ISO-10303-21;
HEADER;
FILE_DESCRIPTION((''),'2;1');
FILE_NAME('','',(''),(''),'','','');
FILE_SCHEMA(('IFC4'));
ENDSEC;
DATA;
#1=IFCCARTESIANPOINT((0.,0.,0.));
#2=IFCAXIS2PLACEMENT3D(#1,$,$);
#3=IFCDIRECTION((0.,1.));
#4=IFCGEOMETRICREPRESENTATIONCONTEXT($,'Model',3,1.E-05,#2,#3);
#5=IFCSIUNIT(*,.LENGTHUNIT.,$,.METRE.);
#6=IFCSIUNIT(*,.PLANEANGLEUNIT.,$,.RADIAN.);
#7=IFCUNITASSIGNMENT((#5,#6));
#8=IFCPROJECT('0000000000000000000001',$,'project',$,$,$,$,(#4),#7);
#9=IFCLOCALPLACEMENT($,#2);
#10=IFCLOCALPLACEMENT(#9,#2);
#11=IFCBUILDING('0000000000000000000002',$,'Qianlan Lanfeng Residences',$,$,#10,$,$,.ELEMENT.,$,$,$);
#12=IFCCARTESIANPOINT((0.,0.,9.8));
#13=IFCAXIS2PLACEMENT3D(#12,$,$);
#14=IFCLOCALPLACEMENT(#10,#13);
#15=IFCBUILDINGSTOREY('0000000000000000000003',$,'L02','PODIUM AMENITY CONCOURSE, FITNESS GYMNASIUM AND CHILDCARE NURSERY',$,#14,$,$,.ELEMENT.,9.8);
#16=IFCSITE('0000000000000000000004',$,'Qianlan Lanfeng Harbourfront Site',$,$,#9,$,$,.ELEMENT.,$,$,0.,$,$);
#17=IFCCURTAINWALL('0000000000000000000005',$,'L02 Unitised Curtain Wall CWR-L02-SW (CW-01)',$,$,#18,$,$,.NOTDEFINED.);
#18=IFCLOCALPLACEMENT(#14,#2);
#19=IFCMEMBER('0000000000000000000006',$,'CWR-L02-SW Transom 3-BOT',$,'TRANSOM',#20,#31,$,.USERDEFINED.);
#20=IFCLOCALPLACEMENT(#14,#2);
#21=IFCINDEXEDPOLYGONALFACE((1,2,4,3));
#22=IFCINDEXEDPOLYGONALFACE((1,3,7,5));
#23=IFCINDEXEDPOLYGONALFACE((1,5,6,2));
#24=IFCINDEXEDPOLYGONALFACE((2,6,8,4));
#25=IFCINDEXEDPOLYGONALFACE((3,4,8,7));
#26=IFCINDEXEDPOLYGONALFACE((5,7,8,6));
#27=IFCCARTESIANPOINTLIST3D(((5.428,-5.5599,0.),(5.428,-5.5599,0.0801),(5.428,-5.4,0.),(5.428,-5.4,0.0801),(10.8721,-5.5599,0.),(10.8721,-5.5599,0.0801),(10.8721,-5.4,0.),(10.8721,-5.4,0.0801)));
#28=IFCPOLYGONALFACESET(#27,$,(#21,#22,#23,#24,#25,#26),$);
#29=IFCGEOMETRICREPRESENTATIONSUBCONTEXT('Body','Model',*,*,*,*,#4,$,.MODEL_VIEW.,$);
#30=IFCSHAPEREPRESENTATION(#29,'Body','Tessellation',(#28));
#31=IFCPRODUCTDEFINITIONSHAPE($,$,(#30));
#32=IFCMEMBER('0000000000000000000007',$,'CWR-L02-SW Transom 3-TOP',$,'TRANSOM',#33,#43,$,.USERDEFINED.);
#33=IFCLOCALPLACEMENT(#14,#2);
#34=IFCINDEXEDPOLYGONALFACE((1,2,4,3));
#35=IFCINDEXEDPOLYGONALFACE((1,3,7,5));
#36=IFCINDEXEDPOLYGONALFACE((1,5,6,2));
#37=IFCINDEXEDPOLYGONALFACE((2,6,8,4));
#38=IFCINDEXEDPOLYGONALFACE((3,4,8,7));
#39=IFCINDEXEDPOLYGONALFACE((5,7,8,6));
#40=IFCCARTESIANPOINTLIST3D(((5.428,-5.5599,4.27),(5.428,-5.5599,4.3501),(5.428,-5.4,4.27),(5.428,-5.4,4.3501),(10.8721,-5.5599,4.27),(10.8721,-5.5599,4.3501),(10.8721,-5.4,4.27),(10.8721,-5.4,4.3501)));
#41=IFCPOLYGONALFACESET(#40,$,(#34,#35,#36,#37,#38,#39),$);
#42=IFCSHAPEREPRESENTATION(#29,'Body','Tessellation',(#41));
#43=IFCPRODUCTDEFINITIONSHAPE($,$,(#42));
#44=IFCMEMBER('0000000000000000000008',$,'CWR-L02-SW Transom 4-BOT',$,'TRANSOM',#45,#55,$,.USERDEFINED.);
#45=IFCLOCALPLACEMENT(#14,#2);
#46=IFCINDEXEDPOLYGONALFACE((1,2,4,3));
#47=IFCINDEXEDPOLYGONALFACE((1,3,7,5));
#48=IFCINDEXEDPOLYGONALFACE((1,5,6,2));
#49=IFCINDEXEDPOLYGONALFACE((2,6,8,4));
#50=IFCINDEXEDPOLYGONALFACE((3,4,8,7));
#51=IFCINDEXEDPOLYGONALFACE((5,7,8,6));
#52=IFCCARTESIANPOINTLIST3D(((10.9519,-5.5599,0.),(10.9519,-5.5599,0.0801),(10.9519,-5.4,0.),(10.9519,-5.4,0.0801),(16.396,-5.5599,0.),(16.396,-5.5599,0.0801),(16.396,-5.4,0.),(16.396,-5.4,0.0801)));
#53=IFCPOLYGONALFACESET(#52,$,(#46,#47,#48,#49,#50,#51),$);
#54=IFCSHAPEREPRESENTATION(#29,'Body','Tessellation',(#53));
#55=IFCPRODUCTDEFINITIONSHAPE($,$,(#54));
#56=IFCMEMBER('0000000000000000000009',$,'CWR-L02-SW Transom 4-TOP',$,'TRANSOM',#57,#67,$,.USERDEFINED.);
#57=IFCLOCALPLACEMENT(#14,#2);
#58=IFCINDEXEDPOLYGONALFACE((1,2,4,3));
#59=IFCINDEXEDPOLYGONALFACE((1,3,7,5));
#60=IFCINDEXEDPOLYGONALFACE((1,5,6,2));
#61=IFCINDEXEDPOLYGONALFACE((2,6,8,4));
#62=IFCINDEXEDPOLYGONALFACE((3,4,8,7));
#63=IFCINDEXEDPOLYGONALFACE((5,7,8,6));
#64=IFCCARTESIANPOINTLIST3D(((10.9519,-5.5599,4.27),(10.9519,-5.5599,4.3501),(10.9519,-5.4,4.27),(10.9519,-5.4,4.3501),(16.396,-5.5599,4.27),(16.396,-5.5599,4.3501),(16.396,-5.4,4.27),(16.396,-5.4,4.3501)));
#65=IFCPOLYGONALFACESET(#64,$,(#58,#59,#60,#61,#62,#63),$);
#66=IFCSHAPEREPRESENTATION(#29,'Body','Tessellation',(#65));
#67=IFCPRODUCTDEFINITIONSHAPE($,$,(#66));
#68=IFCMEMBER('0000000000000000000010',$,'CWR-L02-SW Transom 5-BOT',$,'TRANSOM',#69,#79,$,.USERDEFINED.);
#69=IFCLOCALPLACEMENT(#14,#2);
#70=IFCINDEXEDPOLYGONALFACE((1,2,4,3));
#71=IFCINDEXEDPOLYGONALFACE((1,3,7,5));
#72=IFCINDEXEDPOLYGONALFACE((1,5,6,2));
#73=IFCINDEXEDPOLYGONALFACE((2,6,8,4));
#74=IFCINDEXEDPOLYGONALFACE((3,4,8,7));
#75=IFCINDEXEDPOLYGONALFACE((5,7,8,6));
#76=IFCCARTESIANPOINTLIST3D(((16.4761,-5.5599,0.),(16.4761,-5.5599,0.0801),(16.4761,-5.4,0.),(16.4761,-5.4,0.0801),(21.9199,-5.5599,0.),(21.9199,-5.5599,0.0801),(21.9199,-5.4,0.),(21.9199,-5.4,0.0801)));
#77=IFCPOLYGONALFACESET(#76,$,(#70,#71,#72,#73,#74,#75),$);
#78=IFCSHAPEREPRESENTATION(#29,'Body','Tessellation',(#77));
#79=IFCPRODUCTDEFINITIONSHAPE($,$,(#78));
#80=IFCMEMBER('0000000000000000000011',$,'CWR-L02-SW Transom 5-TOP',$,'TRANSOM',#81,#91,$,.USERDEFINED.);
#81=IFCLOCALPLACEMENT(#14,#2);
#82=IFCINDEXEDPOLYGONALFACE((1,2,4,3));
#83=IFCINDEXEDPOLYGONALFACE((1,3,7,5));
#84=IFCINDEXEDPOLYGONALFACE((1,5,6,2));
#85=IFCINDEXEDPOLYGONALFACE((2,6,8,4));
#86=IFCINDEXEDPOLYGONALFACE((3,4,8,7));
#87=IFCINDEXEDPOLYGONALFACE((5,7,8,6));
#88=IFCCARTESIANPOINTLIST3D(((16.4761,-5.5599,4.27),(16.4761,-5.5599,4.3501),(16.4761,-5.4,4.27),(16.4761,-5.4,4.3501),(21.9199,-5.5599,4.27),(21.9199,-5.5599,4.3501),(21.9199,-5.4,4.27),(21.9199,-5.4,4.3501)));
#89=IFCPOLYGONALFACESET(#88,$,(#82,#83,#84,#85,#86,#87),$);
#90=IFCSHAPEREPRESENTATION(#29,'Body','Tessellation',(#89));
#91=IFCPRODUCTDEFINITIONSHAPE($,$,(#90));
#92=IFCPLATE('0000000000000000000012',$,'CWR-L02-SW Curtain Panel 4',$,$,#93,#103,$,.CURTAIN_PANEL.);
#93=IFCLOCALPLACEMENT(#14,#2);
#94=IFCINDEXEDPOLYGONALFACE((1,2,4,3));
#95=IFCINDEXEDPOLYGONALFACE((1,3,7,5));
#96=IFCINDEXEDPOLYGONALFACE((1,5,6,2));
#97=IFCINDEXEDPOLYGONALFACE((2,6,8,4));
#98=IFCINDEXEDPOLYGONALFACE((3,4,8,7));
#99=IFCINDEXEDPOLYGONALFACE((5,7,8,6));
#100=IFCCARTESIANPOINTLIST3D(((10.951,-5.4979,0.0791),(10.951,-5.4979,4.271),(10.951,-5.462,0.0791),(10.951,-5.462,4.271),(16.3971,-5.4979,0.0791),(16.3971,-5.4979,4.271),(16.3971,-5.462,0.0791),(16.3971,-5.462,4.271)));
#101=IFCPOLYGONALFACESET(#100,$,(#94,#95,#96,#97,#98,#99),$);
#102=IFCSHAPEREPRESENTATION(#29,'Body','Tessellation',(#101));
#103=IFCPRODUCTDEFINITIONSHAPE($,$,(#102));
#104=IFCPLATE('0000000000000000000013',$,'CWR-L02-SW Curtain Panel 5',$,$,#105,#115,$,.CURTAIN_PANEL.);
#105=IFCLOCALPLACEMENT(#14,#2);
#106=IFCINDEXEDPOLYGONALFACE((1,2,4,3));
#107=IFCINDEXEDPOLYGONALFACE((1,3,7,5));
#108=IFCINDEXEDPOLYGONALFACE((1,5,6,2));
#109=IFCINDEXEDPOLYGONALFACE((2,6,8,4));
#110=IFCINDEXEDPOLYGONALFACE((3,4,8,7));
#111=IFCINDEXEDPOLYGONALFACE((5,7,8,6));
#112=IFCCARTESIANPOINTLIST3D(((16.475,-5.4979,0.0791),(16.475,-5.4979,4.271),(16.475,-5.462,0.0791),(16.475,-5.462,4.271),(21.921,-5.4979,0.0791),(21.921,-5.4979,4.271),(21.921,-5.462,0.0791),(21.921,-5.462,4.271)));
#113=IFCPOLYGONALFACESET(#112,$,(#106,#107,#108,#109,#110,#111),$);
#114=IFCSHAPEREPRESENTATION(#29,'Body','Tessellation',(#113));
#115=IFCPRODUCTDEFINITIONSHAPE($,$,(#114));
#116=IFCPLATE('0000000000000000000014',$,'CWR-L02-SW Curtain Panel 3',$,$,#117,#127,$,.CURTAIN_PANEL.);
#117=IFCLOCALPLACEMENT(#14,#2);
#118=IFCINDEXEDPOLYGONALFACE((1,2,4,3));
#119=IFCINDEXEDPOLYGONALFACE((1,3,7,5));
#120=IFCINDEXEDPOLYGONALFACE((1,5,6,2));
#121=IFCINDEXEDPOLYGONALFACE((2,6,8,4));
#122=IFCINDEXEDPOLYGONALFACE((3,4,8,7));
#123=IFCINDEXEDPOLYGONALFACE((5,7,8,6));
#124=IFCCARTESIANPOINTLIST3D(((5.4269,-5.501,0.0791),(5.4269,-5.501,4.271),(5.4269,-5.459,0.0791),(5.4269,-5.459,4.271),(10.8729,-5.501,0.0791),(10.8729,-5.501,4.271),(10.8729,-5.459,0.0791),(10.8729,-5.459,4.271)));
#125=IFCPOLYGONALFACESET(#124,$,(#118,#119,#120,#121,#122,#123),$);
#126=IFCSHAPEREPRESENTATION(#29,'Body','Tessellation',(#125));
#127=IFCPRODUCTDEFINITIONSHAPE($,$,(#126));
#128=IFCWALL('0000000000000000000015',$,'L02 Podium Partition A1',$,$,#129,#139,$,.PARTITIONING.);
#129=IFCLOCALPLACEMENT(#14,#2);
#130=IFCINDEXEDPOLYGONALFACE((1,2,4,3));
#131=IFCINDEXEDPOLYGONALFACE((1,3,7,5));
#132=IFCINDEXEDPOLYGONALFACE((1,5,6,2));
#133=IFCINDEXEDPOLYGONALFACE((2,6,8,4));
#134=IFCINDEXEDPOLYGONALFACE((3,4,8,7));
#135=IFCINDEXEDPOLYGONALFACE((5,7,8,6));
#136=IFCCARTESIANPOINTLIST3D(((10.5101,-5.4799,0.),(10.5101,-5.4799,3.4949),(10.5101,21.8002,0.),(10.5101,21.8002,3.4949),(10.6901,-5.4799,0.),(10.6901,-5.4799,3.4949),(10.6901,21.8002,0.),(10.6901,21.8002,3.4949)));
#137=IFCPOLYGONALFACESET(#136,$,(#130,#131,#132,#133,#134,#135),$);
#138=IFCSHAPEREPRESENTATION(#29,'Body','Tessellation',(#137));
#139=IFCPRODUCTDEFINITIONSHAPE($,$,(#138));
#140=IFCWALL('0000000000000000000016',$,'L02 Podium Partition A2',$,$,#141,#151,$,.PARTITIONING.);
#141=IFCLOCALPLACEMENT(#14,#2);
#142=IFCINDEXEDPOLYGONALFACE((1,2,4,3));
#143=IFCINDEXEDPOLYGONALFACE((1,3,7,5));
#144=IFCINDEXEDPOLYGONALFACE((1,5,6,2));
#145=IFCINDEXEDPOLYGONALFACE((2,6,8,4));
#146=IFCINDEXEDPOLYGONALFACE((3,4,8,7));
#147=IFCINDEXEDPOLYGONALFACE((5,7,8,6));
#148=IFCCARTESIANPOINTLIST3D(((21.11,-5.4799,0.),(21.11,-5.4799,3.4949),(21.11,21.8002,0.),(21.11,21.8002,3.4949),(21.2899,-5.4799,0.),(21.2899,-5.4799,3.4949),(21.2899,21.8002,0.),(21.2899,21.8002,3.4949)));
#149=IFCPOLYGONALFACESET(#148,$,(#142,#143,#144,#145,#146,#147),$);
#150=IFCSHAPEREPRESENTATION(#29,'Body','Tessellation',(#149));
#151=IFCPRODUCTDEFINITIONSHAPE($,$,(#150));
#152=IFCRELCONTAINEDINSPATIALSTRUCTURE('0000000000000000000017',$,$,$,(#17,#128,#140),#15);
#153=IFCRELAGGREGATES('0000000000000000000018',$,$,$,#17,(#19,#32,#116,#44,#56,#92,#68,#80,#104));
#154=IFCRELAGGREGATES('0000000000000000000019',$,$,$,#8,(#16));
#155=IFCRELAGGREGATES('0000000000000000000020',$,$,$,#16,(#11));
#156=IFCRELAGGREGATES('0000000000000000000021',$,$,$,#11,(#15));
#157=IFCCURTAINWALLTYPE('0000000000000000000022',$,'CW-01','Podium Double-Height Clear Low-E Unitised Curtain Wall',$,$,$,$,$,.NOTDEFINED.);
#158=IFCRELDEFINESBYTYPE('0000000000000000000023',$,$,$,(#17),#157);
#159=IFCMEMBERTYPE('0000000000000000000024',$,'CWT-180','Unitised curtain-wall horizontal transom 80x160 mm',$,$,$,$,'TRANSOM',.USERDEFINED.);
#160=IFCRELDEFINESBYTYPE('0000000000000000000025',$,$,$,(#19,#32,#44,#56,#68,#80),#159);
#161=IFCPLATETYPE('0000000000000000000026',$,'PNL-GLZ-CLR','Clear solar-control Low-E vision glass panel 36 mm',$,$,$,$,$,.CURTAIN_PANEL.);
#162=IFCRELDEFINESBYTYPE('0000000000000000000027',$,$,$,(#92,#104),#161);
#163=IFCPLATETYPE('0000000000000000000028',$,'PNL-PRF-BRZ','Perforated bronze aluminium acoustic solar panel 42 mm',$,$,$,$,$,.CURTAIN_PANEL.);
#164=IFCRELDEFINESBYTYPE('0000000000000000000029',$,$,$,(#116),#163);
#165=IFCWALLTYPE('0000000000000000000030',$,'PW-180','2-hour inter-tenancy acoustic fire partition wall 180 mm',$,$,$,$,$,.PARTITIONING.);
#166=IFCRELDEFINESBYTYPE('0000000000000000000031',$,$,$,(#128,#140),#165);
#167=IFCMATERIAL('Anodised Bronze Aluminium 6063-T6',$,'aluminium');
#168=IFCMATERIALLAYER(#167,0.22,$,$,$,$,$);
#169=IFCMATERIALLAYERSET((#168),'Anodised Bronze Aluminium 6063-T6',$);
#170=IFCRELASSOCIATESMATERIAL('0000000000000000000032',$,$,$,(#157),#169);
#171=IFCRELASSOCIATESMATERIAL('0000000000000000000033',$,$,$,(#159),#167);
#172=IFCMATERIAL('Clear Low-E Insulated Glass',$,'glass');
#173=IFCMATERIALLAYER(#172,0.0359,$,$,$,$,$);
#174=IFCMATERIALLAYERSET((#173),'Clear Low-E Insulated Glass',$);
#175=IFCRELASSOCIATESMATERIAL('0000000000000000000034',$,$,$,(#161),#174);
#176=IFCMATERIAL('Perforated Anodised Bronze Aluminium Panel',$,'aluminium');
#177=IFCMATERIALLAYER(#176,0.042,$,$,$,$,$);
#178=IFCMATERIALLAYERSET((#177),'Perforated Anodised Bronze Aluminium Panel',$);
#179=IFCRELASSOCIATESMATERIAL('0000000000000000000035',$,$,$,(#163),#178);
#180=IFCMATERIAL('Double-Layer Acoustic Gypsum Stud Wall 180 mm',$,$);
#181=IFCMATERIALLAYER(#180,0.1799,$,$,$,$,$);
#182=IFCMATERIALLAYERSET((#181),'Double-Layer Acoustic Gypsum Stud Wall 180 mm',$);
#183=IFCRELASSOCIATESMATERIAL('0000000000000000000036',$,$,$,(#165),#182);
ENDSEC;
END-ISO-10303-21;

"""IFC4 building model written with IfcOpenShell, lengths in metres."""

from ifc_helpers import new_model, si_unit, direction, frame, frame_2d, origin, origin_2d, place, context, subcontext, project, spatial, rectangle, extrude, source, transform, mapped, material, layer, layer_set, material_profile, profile_set, type_object, element, aggregate, save


model = new_model("IFC4")

# Units and contexts
model_context = context("Model", 3, precision=1e-05, world=origin(), true_north=direction((0.0, 1.0)))
body_context = subcontext(model_context, "Body", "Model", "MODEL_VIEW")
ifc_project = project(units=[si_unit("LENGTHUNIT", "METRE"), si_unit("PLANEANGLEUNIT", "RADIAN")], contexts=[model_context])

# Site, building, storey
site_placement = place(None, origin())
site = spatial("IfcSite", under=ifc_project, at=site_placement, Name="Qianlan Lanfeng Harbourfront Site", CompositionType="ELEMENT", RefElevation=0.0)
building_placement = place(site_placement, origin())
building = spatial("IfcBuilding", under=site, at=building_placement, Name="Qianlan Lanfeng Residences", CompositionType="ELEMENT")
storey_placement = place(building_placement, frame((0.0, 0.0, 9.8)))
storey = spatial("IfcBuildingStorey", under=building, at=storey_placement, Name="L02", Description="PODIUM AMENITY CONCOURSE, FITNESS GYMNASIUM AND CHILDCARE NURSERY", CompositionType="ELEMENT", Elevation=9.8)

# Curtain wall, members, plates
ifc_material_1 = material(Name="Anodised Bronze Aluminium 6063-T6", Category="aluminium")
ifc_layer_1 = layer(ifc_material_1, 0.22)
ifc_layer_set_1 = layer_set([ifc_layer_1], Name="Anodised Bronze Aluminium 6063-T6")
curtain_wall_type = type_object("IfcCurtainWallType", Name="CW-01", Description="Podium Double-Height Clear Low-E Unitised Curtain Wall", PredefinedType="NOTDEFINED", material=ifc_layer_set_1)
curtain_wall_placement = place(storey_placement, origin())
curtain_wall = element("IfcCurtainWall", 1, at=curtain_wall_placement, inside=storey, type_object=curtain_wall_type, Name="L02 Unitised Curtain Wall CWR-L02-SW (CW-01)", PredefinedType="NOTDEFINED")
ifc_material_profile_1 = material_profile(ifc_material_1, rectangle(XDim=0.0801, YDim=0.1599, at=origin_2d()), Name="ALU TRANSOM 80x160")
ifc_profile_set_1 = profile_set([ifc_material_profile_1], Name="Anodised Bronze Aluminium 6063-T6")
member_type_1 = type_object("IfcMemberType", Name="CWT-180", Description="Unitised curtain-wall horizontal transom 80x160 mm", ElementType="TRANSOM", PredefinedType="USERDEFINED", material=ifc_profile_set_1)
shared_shape_1 = source(origin(), body_context, "Body", "SweptSolid", [
    extrude(rectangle(XDim=0.0801, YDim=0.1599, at=origin_2d()), origin(), (0.0, 0.0, 1.0), 5.4441),
])
member_1_placement = place(storey_placement, frame((5.428, -5.48, 0.04), z_axis=(1.0, 0.0, 0.0), x_axis=(0.0, 0.0, 1.0)))
member_1 = element("IfcMember", 2, at=member_1_placement, type_object=member_type_1, Name="CWR-L02-SW Transom 3-BOT", ObjectType="TRANSOM", PredefinedType="USERDEFINED", context=body_context, shape_type="MappedRepresentation", body=[
    mapped(shared_shape_1, transform((0.0, 0.0, 0.0), scale=1.0)),
])
member_2_placement = place(storey_placement, frame((5.428, -5.48, 4.3101), z_axis=(1.0, 0.0, 0.0), x_axis=(0.0, 0.0, 1.0)))
member_2 = element("IfcMember", 3, at=member_2_placement, type_object=member_type_1, Name="CWR-L02-SW Transom 3-TOP", ObjectType="TRANSOM", PredefinedType="USERDEFINED", context=body_context, shape_type="MappedRepresentation", body=[
    mapped(shared_shape_1, transform((0.0, 0.0, 0.0), scale=1.0)),
])
member_3_placement = place(storey_placement, frame((10.9519, -5.48, 0.04), z_axis=(1.0, 0.0, 0.0), x_axis=(0.0, 0.0, 1.0)))
member_3 = element("IfcMember", 4, at=member_3_placement, type_object=member_type_1, Name="CWR-L02-SW Transom 4-BOT", ObjectType="TRANSOM", PredefinedType="USERDEFINED", context=body_context, shape_type="MappedRepresentation", body=[
    mapped(shared_shape_1, transform((0.0, 0.0, 0.0), scale=1.0)),
])
member_4_placement = place(storey_placement, frame((10.9519, -5.48, 4.3101), z_axis=(1.0, 0.0, 0.0), x_axis=(0.0, 0.0, 1.0)))
member_4 = element("IfcMember", 5, at=member_4_placement, type_object=member_type_1, Name="CWR-L02-SW Transom 4-TOP", ObjectType="TRANSOM", PredefinedType="USERDEFINED", context=body_context, shape_type="MappedRepresentation", body=[
    mapped(shared_shape_1, transform((0.0, 0.0, 0.0), scale=1.0)),
])
shared_shape_2 = source(origin(), body_context, "Body", "SweptSolid", [
    extrude(rectangle(XDim=0.0801, YDim=0.1599, at=origin_2d()), origin(), (0.0, 0.0, 1.0), 5.4438),
])
member_5_placement = place(storey_placement, frame((16.4761, -5.48, 0.04), z_axis=(1.0, 0.0, 0.0), x_axis=(0.0, 0.0, 1.0)))
member_5 = element("IfcMember", 6, at=member_5_placement, type_object=member_type_1, Name="CWR-L02-SW Transom 5-BOT", ObjectType="TRANSOM", PredefinedType="USERDEFINED", context=body_context, shape_type="MappedRepresentation", body=[
    mapped(shared_shape_2, transform((0.0, 0.0, 0.0), scale=1.0)),
])
member_6_placement = place(storey_placement, frame((16.4761, -5.48, 4.3101), z_axis=(1.0, 0.0, 0.0), x_axis=(0.0, 0.0, 1.0)))
member_6 = element("IfcMember", 7, at=member_6_placement, type_object=member_type_1, Name="CWR-L02-SW Transom 5-TOP", ObjectType="TRANSOM", PredefinedType="USERDEFINED", context=body_context, shape_type="MappedRepresentation", body=[
    mapped(shared_shape_2, transform((0.0, 0.0, 0.0), scale=1.0)),
])
ifc_material_2 = material(Name="Clear Low-E Insulated Glass", Category="glass")
ifc_layer_2 = layer(ifc_material_2, 0.0359)
ifc_layer_set_2 = layer_set([ifc_layer_2], Name="Clear Low-E Insulated Glass")
plate_type_1 = type_object("IfcPlateType", Name="PNL-GLZ-CLR", Description="Clear solar-control Low-E vision glass panel 36 mm", PredefinedType="CURTAIN_PANEL", material=ifc_layer_set_2)
shared_shape_3 = source(origin(), body_context, "Body", "SweptSolid", [
    extrude(rectangle(XDim=5.446, YDim=0.0359, at=origin_2d()), origin(), (0.0, 0.0, 1.0), 4.1919),
])
plate_1_placement = place(storey_placement, frame((13.6741, -5.48, 0.0791), z_axis=(0.0, 0.0, 1.0), x_axis=(1.0, 0.0, 0.0)))
plate_1 = element("IfcPlate", 8, at=plate_1_placement, type_object=plate_type_1, Name="CWR-L02-SW Curtain Panel 4", PredefinedType="CURTAIN_PANEL", context=body_context, shape_type="MappedRepresentation", body=[
    mapped(shared_shape_3, transform((0.0, 0.0, 0.0), scale=1.0)),
])
plate_2_placement = place(storey_placement, frame((19.198, -5.48, 0.0791), z_axis=(0.0, 0.0, 1.0), x_axis=(1.0, 0.0, 0.0)))
plate_2 = element("IfcPlate", 9, at=plate_2_placement, type_object=plate_type_1, Name="CWR-L02-SW Curtain Panel 5", PredefinedType="CURTAIN_PANEL", context=body_context, shape_type="MappedRepresentation", body=[
    mapped(shared_shape_3, transform((0.0, 0.0, 0.0), scale=1.0)),
])
ifc_material_3 = material(Name="Perforated Anodised Bronze Aluminium Panel", Category="aluminium")
ifc_layer_3 = layer(ifc_material_3, 0.042)
ifc_layer_set_3 = layer_set([ifc_layer_3], Name="Perforated Anodised Bronze Aluminium Panel")
plate_type_2 = type_object("IfcPlateType", Name="PNL-PRF-BRZ", Description="Perforated bronze aluminium acoustic solar panel 42 mm", PredefinedType="CURTAIN_PANEL", material=ifc_layer_set_3)
shared_shape_4 = source(origin(), body_context, "Body", "SweptSolid", [
    extrude(rectangle(XDim=5.446, YDim=0.042, at=origin_2d()), origin(), (0.0, 0.0, 1.0), 4.1919),
])
plate_3_placement = place(storey_placement, frame((8.1499, -5.48, 0.0791), z_axis=(0.0, 0.0, 1.0), x_axis=(1.0, 0.0, 0.0)))
plate_3 = element("IfcPlate", 10, at=plate_3_placement, type_object=plate_type_2, Name="CWR-L02-SW Curtain Panel 3", PredefinedType="CURTAIN_PANEL", context=body_context, shape_type="MappedRepresentation", body=[
    mapped(shared_shape_4, transform((0.0, 0.0, 0.0), scale=1.0)),
])
aggregate(curtain_wall, [member_1, member_2, plate_3, member_3, member_4, plate_1, member_5, member_6, plate_2])

# Walls
ifc_material_4 = material(Name="Double-Layer Acoustic Gypsum Stud Wall 180 mm")
ifc_layer_4 = layer(ifc_material_4, 0.1799)
ifc_layer_set_4 = layer_set([ifc_layer_4], Name="Double-Layer Acoustic Gypsum Stud Wall 180 mm")
wall_type = type_object("IfcWallType", Name="PW-180", Description="2-hour inter-tenancy acoustic fire partition wall 180 mm", PredefinedType="PARTITIONING", material=ifc_layer_set_4)
for number, where, z_axis, x_axis, name in (
    (11, (10.6001, -5.48, 0.0), (0.0, 0.0, 1.0), (0.0, 1.0, 0.0), "L02 Podium Partition A1"),
    (12, (21.2, -5.48, 0.0), (0.0, 0.0, 1.0), (0.0, 1.0, 0.0), "L02 Podium Partition A2"),
):
    element("IfcWall", number, at=place(storey_placement, frame(where, z_axis=z_axis, x_axis=x_axis)), inside=storey, type_object=wall_type, Name=name, PredefinedType="PARTITIONING", context=body_context, shape_type="SweptSolid", body=[
        extrude(rectangle(XDim=27.28, YDim=0.1799, at=frame_2d((13.6401, 0.0))), origin(), (0.0, 0.0, 1.0), 3.4949),
    ])

save(model, "model.ifc")
